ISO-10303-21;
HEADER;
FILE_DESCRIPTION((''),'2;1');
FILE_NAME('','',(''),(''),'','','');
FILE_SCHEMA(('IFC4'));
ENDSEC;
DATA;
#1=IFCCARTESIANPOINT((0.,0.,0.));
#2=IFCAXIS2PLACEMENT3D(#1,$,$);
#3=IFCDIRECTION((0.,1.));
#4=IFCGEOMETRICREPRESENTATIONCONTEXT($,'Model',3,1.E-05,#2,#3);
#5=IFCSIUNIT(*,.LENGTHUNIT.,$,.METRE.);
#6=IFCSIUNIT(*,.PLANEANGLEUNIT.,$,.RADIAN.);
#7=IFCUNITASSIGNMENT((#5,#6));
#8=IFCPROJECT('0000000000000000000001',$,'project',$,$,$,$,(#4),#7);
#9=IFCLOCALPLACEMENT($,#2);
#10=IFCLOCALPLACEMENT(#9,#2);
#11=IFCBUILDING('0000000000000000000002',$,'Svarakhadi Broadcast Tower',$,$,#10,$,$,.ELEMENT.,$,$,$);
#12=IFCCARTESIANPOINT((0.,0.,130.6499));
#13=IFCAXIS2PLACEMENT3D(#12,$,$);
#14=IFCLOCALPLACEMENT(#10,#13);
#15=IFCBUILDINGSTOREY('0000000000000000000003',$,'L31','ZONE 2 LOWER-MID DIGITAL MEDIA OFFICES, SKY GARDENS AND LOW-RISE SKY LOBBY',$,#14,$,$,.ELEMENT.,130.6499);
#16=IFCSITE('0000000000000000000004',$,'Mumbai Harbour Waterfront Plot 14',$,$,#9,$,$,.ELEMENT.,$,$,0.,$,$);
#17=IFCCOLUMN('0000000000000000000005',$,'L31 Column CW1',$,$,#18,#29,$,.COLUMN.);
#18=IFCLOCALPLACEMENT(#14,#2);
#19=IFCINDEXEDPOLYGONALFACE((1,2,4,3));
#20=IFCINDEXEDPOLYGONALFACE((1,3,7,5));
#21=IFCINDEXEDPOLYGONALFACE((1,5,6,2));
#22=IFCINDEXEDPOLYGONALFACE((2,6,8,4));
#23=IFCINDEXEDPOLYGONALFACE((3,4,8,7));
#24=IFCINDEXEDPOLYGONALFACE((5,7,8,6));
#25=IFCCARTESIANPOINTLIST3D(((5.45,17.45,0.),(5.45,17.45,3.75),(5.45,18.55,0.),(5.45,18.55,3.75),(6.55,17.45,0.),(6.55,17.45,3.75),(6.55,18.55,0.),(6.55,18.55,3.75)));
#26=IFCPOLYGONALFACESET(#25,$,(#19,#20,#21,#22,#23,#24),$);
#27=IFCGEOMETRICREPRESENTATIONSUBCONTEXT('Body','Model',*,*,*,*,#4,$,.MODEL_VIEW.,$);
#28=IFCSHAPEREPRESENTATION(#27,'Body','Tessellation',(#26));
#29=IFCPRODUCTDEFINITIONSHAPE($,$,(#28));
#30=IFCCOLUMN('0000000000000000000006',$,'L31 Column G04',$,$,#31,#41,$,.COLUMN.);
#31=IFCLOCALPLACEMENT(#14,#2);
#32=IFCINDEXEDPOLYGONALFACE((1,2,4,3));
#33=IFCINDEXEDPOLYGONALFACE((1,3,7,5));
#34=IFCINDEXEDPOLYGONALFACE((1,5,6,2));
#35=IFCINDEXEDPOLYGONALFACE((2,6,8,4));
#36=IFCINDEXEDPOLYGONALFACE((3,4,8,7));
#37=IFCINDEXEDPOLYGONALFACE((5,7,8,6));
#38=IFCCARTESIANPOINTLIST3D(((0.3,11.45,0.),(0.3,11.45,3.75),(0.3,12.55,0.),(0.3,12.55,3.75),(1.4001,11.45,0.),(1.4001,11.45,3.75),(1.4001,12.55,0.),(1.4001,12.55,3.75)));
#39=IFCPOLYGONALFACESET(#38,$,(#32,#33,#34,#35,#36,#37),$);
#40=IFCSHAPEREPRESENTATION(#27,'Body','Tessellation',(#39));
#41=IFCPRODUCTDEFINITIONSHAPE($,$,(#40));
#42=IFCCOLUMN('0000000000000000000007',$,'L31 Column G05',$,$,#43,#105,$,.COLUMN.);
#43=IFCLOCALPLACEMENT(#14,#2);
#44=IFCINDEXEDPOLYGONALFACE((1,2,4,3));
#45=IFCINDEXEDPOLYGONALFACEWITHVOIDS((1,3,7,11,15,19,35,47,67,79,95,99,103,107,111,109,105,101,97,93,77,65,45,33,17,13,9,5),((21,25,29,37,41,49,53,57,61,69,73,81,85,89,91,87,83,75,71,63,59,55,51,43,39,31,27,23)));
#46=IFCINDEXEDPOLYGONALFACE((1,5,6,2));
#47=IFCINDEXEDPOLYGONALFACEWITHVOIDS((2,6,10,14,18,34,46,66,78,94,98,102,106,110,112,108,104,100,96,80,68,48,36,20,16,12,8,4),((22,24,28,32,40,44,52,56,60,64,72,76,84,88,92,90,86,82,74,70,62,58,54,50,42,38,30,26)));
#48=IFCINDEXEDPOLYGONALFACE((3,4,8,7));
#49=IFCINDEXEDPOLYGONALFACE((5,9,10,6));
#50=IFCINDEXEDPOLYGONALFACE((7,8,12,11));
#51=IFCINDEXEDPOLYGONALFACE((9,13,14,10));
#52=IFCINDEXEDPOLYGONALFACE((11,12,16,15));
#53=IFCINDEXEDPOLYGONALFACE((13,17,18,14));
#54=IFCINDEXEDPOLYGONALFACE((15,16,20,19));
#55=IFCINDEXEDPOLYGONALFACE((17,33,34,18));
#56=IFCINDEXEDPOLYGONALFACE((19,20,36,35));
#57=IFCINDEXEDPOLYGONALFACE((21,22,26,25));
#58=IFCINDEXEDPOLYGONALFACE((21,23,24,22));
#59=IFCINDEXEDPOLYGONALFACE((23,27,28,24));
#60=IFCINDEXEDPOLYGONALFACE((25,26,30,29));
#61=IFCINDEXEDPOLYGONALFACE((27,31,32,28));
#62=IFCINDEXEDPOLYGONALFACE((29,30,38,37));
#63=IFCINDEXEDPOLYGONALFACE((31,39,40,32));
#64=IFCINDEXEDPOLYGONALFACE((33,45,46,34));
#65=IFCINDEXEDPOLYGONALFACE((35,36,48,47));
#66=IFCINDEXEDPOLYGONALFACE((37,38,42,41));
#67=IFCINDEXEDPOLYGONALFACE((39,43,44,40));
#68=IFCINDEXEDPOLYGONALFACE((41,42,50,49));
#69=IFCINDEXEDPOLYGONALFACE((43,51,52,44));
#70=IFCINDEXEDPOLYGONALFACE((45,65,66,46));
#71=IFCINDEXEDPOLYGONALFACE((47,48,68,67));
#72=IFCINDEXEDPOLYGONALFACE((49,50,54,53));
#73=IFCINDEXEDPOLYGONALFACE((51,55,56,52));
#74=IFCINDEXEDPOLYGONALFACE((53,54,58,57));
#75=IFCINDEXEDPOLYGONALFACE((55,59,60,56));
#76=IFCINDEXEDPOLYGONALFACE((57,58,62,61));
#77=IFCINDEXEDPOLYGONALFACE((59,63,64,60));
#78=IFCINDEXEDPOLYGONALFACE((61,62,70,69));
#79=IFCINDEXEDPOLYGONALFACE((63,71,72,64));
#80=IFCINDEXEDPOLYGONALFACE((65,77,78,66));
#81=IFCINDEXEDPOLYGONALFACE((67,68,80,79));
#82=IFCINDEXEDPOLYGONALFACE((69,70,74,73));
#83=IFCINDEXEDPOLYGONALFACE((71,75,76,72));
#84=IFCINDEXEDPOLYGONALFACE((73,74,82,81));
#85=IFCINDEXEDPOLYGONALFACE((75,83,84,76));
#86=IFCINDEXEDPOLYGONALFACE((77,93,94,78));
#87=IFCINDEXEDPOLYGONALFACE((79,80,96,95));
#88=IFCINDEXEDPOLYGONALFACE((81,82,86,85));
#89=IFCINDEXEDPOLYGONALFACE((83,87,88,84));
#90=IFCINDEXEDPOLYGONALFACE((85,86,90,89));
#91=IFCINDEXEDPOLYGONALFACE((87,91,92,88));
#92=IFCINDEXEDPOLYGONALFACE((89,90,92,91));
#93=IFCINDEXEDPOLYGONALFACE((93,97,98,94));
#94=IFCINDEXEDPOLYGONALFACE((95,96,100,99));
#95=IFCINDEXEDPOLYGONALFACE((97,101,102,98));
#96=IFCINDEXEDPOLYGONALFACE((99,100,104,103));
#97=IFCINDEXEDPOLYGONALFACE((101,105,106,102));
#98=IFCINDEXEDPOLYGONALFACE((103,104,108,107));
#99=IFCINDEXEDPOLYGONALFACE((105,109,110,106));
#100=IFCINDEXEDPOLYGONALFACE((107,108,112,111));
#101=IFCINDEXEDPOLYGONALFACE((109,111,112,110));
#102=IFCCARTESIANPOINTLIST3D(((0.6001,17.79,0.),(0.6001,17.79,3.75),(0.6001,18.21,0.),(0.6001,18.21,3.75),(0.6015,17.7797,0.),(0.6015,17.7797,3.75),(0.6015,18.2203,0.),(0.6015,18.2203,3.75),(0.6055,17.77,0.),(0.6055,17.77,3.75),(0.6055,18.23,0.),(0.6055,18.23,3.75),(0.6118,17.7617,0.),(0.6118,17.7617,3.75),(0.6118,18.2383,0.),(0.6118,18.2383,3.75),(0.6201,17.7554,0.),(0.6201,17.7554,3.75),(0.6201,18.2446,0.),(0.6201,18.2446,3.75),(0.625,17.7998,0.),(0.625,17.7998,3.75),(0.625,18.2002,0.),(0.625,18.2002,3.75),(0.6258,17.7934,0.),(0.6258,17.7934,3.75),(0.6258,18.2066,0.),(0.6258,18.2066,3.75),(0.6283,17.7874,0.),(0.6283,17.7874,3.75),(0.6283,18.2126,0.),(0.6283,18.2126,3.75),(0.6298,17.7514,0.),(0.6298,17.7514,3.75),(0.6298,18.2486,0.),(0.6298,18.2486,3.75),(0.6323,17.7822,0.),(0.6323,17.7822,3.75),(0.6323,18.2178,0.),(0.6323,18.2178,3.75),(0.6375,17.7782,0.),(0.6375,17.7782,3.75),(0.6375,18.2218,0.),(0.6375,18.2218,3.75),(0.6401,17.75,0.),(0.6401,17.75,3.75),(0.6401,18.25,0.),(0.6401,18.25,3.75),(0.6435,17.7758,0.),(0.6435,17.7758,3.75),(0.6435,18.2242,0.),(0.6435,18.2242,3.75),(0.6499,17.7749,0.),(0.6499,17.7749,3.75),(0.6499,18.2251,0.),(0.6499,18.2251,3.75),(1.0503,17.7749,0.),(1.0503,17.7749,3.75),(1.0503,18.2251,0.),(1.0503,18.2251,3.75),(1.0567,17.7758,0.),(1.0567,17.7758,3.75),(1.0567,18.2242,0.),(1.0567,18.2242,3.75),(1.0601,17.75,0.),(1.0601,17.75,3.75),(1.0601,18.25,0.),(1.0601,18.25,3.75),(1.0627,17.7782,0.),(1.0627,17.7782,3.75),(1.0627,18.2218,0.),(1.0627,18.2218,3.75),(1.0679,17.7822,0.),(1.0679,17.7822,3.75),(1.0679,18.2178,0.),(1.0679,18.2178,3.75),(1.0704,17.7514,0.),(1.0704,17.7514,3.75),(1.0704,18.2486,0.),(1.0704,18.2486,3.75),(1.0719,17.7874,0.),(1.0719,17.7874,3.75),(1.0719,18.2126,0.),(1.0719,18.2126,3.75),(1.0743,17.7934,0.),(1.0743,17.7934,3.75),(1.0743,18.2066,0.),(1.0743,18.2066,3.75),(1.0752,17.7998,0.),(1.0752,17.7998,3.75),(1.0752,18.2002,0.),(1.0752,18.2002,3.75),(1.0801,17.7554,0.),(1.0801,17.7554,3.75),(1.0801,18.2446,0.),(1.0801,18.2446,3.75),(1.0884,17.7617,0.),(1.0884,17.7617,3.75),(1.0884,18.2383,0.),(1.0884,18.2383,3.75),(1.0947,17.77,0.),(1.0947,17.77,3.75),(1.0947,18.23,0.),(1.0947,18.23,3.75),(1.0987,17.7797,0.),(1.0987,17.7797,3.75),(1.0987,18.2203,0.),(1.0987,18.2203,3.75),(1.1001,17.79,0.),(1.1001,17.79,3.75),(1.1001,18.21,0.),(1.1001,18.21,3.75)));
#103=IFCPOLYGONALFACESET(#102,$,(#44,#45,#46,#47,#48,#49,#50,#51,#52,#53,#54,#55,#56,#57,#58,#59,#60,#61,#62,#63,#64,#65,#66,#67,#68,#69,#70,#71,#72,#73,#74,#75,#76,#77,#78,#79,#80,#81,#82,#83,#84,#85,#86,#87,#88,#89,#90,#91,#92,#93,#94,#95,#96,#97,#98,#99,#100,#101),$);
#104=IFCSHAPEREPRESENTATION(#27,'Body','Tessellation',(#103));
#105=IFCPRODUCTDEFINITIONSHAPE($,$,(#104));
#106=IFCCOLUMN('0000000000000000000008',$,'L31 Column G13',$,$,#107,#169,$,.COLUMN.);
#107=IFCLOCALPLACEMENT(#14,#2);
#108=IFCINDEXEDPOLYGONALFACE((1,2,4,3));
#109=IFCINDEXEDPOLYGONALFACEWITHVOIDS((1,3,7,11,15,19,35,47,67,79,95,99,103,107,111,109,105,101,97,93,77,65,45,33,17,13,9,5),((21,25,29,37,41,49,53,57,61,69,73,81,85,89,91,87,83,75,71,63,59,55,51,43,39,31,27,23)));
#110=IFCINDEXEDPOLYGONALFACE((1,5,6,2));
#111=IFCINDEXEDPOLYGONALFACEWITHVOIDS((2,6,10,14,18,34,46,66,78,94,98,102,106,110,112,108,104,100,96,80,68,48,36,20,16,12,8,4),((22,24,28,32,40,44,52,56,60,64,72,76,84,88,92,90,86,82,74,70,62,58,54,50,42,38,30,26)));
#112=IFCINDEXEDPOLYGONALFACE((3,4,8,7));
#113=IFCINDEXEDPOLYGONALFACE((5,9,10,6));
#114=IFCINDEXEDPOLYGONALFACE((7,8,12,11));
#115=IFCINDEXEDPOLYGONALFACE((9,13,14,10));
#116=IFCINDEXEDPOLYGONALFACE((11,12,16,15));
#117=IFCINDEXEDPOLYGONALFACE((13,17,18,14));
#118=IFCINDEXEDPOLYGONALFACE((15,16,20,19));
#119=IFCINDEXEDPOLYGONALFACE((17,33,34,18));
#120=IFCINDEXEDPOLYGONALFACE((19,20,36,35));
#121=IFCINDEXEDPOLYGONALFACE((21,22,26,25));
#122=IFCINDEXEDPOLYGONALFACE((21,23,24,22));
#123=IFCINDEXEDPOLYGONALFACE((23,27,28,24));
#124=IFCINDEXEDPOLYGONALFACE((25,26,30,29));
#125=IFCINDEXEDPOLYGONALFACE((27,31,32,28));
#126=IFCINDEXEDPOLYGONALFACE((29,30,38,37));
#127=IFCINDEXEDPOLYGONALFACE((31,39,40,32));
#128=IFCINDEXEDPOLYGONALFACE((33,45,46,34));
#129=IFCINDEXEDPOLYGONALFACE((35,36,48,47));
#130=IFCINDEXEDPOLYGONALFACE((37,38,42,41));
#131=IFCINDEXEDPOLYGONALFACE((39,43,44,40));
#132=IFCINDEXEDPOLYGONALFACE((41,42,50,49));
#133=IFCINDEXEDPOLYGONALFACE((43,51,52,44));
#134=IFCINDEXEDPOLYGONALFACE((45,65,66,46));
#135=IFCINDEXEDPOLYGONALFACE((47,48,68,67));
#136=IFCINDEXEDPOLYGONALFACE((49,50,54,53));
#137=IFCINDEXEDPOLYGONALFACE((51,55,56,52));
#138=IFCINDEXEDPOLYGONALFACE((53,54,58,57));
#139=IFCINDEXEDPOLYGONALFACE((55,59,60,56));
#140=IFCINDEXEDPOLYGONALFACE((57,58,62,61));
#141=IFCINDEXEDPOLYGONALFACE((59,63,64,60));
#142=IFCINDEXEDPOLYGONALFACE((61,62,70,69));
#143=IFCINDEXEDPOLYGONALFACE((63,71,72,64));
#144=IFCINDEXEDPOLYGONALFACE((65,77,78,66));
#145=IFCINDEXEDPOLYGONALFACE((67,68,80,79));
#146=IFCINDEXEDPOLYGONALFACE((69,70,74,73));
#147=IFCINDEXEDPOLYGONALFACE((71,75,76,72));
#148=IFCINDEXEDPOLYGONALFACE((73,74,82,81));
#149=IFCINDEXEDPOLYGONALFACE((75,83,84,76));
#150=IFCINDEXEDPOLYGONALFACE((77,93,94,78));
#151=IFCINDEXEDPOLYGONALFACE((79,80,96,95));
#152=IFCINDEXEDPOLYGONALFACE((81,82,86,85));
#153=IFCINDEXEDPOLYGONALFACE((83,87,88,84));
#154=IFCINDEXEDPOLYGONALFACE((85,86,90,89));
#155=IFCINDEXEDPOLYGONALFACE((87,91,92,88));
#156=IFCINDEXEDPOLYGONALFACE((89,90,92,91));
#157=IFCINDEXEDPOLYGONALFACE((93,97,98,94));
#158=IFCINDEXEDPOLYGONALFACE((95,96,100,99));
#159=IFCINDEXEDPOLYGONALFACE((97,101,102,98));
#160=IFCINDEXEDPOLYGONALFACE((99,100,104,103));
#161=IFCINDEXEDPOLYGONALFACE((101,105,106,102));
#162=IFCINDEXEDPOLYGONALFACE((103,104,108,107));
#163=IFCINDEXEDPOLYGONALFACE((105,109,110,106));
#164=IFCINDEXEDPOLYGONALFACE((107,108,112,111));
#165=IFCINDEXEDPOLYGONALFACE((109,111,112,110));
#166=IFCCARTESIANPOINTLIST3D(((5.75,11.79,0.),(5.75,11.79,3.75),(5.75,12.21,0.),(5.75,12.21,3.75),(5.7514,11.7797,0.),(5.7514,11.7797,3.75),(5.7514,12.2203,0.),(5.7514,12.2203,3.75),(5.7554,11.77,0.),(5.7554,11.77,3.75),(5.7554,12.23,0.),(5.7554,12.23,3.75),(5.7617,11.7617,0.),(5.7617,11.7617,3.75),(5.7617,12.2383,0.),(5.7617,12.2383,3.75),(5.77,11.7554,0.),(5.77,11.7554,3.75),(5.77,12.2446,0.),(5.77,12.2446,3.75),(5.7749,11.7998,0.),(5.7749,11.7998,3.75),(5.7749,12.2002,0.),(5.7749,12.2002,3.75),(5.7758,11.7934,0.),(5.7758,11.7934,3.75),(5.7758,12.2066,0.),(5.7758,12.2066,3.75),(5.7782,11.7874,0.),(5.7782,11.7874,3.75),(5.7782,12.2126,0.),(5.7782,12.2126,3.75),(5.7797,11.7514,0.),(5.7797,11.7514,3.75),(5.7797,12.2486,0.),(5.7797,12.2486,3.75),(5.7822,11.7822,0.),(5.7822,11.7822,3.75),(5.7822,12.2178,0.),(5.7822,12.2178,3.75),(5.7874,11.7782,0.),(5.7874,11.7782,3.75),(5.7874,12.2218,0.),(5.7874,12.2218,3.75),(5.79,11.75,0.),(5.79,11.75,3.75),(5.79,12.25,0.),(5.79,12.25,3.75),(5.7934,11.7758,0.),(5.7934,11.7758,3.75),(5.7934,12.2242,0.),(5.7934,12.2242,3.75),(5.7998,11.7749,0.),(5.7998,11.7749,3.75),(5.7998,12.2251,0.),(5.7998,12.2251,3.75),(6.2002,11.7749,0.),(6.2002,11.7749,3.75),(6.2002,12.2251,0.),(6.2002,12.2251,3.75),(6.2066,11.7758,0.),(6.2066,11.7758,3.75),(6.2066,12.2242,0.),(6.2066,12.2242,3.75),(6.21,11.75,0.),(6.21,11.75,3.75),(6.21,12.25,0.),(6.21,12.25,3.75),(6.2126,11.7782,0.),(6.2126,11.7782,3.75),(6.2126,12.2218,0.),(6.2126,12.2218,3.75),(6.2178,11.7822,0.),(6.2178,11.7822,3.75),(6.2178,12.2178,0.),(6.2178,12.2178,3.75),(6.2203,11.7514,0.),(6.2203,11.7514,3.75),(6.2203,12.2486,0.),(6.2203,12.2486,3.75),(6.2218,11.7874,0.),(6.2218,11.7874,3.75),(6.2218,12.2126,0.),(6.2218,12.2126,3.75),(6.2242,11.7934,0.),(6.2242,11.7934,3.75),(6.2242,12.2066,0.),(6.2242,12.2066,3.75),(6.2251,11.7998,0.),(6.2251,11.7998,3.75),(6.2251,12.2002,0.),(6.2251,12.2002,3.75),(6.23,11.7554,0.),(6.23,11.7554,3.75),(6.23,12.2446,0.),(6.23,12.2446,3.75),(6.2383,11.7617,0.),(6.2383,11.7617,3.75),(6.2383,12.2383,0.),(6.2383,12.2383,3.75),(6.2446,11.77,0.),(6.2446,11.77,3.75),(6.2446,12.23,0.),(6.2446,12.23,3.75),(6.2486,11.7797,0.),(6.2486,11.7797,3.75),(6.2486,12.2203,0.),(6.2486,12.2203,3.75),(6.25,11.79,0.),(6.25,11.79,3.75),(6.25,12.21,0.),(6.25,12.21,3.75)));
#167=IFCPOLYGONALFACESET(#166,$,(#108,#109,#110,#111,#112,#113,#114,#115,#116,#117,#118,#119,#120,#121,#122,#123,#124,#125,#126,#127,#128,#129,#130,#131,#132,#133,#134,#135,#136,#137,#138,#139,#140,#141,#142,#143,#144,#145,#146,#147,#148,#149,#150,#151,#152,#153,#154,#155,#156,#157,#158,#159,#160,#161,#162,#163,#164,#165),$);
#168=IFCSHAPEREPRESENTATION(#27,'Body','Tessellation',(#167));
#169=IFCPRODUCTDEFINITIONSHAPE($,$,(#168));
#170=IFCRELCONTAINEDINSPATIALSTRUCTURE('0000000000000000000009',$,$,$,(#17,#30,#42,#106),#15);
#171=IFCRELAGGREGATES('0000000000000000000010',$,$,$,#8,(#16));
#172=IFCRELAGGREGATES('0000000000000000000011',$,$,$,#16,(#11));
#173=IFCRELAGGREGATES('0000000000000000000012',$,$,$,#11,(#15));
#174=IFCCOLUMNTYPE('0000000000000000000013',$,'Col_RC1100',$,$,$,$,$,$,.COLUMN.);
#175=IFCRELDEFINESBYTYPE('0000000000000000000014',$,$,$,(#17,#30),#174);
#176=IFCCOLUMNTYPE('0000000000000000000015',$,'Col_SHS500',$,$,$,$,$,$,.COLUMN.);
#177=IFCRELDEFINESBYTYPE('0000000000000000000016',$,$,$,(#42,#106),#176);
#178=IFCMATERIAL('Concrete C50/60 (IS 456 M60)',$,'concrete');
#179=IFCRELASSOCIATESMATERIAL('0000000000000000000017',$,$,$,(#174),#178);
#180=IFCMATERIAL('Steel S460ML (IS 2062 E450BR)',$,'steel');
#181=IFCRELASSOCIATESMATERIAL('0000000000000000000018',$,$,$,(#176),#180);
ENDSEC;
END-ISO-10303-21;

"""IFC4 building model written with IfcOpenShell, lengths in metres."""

from ifc_helpers import new_model, si_unit, direction, frame, origin, origin_2d, place, context, subcontext, project, spatial, rectangle, hollow_rectangle, extrude, material, material_profile, profile_set, type_object, element, save


model = new_model("IFC4")

# Units and contexts
model_context = context("Model", 3, precision=1e-05, world=origin(), true_north=direction((0.0, 1.0)))
body_context = subcontext(model_context, "Body", "Model", "MODEL_VIEW")
ifc_project = project(units=[si_unit("LENGTHUNIT", "METRE"), si_unit("PLANEANGLEUNIT", "RADIAN")], contexts=[model_context])

# Site, building, storey
site_placement = place(None, origin())
site = spatial("IfcSite", under=ifc_project, at=site_placement, Name="Mumbai Harbour Waterfront Plot 14", CompositionType="ELEMENT", RefElevation=0.0)
building_placement = place(site_placement, origin())
building = spatial("IfcBuilding", under=site, at=building_placement, Name="Svarakhadi Broadcast Tower", CompositionType="ELEMENT")
storey_placement = place(building_placement, frame((0.0, 0.0, 130.6499)))
storey = spatial("IfcBuildingStorey", under=building, at=storey_placement, Name="L31", Description="ZONE 2 LOWER-MID DIGITAL MEDIA OFFICES, SKY GARDENS AND LOW-RISE SKY LOBBY", CompositionType="ELEMENT", Elevation=130.6499)

# Columns
ifc_material_1 = material(Name="Concrete C50/60 (IS 456 M60)", Category="concrete")
ifc_material_profile_1 = material_profile(ifc_material_1, rectangle(XDim=1.1001, YDim=1.1001, at=origin_2d()), Name="RC 1100x1100")
ifc_profile_set_1 = profile_set([ifc_material_profile_1], Name="Concrete C50/60 (IS 456 M60)")
column_type_1 = type_object("IfcColumnType", Name="Col_RC1100", PredefinedType="COLUMN", material=ifc_profile_set_1)
for number, where, z_axis, x_axis, name in (
    (1, (6.0, 18.0, 0.0), (0.0, 0.0, 1.0), (1.0, 0.0, 0.0), "L31 Column CW1"),
    (2, (0.8501, 12.0, 0.0), (0.0, 0.0, 1.0), (1.0, 0.0, 0.0), "L31 Column G04"),
):
    element("IfcColumn", number, at=place(storey_placement, frame(where, z_axis=z_axis, x_axis=x_axis)), inside=storey, type_object=column_type_1, Name=name, PredefinedType="COLUMN", context=body_context, shape_type="SweptSolid", body=[
        extrude(rectangle(XDim=1.1001, YDim=1.1001, at=origin_2d()), origin(), (0.0, 0.0, 1.0), 3.75),
    ])
ifc_material_2 = material(Name="Steel S460ML (IS 2062 E450BR)", Category="steel")
ifc_material_profile_2 = material_profile(ifc_material_2, hollow_rectangle(XDim=0.5, YDim=0.5, WallThickness=0.0249, InnerFilletRadius=0.0249, OuterFilletRadius=0.04, at=origin_2d()), Name="SHS 500x500x25")
ifc_profile_set_2 = profile_set([ifc_material_profile_2], Name="Steel S460ML (IS 2062 E450BR)")
column_type_2 = type_object("IfcColumnType", Name="Col_SHS500", PredefinedType="COLUMN", material=ifc_profile_set_2)
for number, where, z_axis, x_axis, name in (
    (3, (0.8501, 18.0, 0.0), (0.0, 0.0, 1.0), (1.0, 0.0, 0.0), "L31 Column G05"),
    (4, (6.0, 12.0, 0.0), (0.0, 0.0, 1.0), (1.0, 0.0, 0.0), "L31 Column G13"),
):
    element("IfcColumn", number, at=place(storey_placement, frame(where, z_axis=z_axis, x_axis=x_axis)), inside=storey, type_object=column_type_2, Name=name, PredefinedType="COLUMN", context=body_context, shape_type="SweptSolid", body=[
        extrude(hollow_rectangle(XDim=0.5, YDim=0.5, WallThickness=0.0249, InnerFilletRadius=0.0249, OuterFilletRadius=0.04, at=origin_2d()), origin(), (0.0, 0.0, 1.0), 3.75),
    ])

save(model, "model.ifc")
